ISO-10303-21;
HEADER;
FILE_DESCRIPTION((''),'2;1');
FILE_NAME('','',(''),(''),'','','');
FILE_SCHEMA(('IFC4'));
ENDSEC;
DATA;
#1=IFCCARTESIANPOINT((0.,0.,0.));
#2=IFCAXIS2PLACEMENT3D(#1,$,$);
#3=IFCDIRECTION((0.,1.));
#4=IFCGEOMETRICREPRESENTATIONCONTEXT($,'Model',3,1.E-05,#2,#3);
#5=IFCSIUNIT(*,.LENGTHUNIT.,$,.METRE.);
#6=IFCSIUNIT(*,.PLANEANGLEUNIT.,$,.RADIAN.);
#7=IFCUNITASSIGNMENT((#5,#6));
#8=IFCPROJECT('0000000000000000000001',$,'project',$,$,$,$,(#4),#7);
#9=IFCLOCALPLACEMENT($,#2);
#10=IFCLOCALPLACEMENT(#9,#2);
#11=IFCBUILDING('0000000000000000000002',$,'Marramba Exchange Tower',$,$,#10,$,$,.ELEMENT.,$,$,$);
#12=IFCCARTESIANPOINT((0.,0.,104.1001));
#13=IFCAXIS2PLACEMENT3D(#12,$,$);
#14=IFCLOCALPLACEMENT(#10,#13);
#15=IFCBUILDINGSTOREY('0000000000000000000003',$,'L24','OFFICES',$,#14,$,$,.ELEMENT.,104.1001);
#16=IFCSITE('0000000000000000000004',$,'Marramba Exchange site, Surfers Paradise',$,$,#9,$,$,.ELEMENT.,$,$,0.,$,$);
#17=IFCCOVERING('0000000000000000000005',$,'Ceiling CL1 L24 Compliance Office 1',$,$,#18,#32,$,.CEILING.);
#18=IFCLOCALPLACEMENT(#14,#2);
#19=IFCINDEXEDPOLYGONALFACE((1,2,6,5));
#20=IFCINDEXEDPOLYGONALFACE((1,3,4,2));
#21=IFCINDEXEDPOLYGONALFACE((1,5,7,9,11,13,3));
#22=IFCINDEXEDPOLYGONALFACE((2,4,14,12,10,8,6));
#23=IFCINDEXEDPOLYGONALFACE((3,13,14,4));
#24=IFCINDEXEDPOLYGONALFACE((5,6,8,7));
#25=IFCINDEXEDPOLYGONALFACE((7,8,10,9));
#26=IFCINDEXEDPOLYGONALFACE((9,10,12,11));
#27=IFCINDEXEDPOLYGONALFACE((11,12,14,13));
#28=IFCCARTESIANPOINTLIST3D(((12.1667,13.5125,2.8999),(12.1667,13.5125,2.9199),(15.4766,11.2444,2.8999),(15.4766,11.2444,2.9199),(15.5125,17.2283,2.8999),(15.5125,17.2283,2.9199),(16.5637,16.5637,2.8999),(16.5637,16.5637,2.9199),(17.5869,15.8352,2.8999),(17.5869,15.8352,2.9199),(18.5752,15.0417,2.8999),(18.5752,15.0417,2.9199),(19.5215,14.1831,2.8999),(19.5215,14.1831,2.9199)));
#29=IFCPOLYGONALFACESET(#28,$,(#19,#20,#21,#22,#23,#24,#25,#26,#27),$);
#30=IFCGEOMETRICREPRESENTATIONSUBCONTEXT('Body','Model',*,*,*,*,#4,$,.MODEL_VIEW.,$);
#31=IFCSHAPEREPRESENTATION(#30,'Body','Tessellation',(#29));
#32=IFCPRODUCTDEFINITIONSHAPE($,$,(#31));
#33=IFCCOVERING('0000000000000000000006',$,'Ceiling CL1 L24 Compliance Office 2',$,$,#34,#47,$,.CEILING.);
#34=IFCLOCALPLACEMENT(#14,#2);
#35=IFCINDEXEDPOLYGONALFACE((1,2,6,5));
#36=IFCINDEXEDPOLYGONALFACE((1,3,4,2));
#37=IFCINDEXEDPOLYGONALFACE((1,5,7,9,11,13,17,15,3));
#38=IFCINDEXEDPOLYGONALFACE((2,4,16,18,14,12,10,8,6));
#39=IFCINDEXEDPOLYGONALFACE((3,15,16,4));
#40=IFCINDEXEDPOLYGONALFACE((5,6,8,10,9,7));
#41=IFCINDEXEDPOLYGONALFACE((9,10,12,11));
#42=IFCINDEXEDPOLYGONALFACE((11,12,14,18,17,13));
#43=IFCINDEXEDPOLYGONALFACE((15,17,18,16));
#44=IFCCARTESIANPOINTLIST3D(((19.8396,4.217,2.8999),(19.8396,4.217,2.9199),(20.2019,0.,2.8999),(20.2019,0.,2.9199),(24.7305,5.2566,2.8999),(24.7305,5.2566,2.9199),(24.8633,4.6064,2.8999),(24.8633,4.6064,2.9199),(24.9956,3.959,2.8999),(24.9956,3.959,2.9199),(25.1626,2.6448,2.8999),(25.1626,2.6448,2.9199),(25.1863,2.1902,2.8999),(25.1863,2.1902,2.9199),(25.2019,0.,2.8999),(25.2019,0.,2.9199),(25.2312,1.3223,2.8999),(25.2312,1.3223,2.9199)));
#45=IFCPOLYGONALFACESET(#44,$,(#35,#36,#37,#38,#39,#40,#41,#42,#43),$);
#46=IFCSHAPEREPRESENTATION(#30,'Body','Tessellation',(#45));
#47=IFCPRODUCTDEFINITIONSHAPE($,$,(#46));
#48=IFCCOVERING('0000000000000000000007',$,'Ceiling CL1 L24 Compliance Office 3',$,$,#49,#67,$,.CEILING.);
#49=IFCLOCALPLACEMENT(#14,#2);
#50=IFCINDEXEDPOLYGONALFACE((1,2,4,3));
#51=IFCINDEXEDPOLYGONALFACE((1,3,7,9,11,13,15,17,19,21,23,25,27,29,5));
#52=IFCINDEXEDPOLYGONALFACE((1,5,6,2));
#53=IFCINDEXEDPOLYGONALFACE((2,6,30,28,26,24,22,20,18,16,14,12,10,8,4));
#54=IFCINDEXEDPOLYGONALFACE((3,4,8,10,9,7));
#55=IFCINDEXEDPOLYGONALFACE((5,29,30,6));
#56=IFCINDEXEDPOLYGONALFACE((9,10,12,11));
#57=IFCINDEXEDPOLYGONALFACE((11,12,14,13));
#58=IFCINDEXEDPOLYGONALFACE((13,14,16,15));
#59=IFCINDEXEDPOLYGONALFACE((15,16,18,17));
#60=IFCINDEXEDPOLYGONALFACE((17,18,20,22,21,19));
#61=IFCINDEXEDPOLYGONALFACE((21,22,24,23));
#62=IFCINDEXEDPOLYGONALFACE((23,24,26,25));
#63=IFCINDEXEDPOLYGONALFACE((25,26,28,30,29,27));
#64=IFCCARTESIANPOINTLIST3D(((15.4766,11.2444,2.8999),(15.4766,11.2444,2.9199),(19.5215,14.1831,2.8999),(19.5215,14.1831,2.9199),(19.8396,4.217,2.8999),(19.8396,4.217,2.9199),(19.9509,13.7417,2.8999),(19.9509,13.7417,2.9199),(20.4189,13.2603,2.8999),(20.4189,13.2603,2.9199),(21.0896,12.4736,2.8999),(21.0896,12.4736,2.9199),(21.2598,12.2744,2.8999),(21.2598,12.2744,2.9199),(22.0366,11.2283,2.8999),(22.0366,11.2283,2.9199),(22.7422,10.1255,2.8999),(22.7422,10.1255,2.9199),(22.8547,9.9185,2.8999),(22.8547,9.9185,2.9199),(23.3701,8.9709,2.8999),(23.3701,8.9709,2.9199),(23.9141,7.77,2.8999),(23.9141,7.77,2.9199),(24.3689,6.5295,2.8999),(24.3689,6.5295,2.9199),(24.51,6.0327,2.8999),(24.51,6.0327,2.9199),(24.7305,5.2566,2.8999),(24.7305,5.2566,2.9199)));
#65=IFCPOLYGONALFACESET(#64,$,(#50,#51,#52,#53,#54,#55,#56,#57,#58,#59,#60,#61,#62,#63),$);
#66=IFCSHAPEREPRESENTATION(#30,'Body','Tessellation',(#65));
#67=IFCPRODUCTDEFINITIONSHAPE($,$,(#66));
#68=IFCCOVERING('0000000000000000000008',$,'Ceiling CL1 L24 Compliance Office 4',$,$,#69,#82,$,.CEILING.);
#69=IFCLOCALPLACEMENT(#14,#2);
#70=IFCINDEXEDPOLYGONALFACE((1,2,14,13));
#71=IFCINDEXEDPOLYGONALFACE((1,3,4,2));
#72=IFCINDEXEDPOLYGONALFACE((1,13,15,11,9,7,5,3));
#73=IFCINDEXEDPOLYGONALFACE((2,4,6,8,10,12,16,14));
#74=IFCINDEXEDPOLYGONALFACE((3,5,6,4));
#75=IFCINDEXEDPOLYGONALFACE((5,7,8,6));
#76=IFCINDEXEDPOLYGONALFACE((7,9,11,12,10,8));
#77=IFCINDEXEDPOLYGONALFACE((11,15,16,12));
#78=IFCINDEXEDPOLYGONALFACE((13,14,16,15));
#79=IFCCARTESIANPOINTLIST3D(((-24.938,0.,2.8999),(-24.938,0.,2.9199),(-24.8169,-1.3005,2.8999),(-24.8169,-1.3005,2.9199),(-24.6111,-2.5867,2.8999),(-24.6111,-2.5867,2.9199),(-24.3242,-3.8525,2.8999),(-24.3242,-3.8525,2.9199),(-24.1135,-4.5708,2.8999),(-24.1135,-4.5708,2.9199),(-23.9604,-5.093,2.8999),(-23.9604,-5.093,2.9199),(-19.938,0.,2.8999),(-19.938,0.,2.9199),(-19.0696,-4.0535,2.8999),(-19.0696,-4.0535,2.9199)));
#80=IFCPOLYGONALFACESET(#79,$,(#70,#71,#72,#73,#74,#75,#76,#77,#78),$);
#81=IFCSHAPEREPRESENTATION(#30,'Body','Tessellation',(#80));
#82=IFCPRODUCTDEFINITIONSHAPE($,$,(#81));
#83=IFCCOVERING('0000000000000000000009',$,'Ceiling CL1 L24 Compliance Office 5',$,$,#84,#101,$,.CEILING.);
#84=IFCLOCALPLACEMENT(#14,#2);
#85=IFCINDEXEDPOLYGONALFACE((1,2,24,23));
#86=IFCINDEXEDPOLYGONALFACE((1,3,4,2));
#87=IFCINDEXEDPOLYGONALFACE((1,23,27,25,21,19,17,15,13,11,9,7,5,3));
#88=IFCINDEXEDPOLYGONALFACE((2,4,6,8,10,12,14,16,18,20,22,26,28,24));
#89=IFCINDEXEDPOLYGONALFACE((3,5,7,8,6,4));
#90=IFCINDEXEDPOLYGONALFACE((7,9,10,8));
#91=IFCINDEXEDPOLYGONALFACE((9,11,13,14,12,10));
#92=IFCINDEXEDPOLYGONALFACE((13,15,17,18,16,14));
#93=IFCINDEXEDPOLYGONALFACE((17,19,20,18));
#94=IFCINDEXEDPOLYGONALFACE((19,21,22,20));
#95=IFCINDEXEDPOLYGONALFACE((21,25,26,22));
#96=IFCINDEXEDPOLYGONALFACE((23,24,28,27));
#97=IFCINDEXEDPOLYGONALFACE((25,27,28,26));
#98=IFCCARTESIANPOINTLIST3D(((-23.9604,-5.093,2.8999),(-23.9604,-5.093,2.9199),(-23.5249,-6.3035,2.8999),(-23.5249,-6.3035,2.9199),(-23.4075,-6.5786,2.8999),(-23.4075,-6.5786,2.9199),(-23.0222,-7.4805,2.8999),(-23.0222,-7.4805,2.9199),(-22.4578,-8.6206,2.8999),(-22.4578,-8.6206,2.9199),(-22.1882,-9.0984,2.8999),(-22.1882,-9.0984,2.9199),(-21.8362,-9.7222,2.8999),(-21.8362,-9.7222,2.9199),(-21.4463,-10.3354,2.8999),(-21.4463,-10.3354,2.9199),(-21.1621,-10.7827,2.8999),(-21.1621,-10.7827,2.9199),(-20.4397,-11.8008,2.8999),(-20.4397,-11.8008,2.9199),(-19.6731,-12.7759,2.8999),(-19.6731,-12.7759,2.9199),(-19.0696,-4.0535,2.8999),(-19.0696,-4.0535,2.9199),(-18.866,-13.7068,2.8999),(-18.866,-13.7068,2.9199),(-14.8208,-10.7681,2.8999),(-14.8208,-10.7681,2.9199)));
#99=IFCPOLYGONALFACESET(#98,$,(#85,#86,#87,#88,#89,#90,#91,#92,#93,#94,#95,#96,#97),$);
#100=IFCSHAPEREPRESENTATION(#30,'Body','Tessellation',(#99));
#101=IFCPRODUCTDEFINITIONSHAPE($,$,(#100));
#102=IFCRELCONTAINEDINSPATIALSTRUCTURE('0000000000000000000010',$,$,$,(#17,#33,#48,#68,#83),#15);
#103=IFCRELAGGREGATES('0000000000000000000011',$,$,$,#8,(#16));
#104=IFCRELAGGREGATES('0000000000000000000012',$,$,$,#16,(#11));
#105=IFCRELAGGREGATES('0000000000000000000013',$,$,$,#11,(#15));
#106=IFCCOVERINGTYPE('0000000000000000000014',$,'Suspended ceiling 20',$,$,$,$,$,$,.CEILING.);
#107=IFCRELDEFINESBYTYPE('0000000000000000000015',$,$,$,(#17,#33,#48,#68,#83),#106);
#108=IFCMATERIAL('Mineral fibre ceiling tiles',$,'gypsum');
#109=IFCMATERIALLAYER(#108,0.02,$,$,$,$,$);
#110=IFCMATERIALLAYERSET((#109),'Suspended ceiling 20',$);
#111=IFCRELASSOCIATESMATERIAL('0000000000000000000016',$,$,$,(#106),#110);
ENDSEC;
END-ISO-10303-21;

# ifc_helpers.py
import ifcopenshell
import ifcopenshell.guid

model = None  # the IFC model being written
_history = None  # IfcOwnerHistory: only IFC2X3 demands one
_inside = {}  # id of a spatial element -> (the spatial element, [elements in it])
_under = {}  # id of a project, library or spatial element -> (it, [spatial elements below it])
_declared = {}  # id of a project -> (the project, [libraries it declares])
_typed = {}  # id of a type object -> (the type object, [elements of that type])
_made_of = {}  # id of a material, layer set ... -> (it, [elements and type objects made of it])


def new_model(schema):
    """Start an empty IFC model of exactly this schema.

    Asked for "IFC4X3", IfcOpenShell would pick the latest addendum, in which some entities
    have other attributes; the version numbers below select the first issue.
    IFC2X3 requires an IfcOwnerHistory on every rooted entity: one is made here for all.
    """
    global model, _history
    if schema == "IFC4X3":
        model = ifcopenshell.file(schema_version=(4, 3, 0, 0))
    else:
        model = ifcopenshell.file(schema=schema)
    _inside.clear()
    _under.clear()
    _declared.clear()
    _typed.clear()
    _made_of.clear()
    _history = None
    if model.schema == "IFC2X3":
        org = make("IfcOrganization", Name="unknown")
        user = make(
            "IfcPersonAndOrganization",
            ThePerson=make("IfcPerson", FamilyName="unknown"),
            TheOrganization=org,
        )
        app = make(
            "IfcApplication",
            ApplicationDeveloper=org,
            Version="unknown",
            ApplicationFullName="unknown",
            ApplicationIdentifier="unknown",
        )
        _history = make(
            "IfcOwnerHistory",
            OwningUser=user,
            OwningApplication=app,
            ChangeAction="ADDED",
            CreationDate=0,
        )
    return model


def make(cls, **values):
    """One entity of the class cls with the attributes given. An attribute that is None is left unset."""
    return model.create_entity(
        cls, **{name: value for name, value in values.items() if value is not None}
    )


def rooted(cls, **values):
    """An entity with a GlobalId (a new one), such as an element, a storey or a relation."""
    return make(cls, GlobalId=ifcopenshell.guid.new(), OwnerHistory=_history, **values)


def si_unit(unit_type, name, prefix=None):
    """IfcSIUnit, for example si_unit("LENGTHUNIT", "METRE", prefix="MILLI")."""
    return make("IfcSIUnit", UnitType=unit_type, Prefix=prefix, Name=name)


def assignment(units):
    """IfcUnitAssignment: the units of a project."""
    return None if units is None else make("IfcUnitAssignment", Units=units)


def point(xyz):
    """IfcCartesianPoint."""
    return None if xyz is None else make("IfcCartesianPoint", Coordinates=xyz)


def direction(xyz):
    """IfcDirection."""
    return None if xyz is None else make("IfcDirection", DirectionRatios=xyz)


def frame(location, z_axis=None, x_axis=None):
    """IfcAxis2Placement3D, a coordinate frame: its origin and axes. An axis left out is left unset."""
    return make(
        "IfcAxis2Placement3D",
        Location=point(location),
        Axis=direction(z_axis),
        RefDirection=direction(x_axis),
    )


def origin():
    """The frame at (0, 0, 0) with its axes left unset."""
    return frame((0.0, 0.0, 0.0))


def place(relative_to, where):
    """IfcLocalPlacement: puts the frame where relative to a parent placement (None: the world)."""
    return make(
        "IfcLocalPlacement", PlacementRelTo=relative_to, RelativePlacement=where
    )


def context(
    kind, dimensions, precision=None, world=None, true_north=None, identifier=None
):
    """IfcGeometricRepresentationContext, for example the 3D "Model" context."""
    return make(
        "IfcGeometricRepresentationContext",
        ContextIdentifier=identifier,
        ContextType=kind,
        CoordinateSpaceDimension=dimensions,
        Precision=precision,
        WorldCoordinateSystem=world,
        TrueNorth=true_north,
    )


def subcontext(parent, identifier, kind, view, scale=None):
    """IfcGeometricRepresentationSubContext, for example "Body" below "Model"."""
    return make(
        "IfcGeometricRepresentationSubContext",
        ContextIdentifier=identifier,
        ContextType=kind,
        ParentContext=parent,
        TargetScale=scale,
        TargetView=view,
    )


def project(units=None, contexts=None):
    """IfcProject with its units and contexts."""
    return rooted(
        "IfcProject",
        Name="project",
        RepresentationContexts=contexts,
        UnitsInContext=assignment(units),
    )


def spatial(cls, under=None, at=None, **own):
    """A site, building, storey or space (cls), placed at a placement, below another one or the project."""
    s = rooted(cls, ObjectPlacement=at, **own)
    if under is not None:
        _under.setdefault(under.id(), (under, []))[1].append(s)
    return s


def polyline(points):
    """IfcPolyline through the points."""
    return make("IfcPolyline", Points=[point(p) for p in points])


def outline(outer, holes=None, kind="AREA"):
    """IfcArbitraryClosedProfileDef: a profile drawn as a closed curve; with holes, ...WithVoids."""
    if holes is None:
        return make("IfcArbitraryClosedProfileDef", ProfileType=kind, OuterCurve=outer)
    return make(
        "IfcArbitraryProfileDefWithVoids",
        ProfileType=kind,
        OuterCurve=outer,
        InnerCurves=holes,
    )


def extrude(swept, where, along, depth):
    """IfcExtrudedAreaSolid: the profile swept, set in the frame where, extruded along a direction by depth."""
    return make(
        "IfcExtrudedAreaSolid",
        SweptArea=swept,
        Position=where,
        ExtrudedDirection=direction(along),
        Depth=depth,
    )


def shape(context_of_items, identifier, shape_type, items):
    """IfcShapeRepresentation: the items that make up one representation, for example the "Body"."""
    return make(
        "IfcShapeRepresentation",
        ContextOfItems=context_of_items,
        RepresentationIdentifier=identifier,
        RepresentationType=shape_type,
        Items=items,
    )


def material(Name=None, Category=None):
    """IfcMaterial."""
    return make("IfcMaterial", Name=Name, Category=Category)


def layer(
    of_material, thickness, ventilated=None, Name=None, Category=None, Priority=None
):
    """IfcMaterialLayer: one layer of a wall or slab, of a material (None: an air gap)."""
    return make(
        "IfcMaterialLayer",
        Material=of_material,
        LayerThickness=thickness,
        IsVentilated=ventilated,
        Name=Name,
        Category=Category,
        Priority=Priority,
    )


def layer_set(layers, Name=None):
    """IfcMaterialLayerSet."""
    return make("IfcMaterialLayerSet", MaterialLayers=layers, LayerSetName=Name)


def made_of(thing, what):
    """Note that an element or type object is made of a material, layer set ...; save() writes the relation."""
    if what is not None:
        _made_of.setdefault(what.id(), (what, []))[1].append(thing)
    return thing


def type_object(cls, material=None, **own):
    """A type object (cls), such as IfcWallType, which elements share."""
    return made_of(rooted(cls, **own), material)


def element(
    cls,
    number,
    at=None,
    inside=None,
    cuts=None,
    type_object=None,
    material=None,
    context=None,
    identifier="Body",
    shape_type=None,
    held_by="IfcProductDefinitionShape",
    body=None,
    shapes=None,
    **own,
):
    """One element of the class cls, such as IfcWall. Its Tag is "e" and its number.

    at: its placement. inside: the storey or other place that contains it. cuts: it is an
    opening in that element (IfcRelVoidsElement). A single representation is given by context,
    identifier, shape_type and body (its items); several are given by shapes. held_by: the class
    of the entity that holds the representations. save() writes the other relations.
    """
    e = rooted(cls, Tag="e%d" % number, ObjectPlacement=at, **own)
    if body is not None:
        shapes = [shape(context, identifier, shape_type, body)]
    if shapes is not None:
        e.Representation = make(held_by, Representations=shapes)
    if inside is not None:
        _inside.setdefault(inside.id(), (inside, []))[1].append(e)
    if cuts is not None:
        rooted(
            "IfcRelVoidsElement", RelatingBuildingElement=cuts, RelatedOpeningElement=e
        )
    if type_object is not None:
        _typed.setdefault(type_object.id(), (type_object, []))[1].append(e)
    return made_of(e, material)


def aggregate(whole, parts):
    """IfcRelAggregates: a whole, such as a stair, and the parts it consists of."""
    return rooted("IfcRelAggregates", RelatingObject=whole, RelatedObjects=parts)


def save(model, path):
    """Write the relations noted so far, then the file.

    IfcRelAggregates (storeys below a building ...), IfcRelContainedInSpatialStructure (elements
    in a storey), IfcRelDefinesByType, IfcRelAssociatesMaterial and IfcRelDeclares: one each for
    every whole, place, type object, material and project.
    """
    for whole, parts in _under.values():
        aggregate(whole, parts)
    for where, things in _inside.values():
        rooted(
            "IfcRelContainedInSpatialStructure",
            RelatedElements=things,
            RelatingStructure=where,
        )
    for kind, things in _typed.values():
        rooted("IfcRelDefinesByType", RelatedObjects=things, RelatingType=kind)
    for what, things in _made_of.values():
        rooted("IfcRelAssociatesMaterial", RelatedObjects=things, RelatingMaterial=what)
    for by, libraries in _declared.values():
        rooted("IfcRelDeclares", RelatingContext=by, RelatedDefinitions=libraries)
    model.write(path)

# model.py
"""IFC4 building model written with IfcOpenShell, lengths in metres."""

from ifc_helpers import new_model, si_unit, direction, frame, origin, place, context, subcontext, project, spatial, polyline, outline, extrude, material, layer, layer_set, type_object, element, save


model = new_model("IFC4")

# Units and contexts
model_context = context("Model", 3, precision=1e-05, world=origin(), true_north=direction((0.0, 1.0)))
body_context = subcontext(model_context, "Body", "Model", "MODEL_VIEW")
ifc_project = project(units=[si_unit("LENGTHUNIT", "METRE"), si_unit("PLANEANGLEUNIT", "RADIAN")], contexts=[model_context])

# Site, building, storey
site_placement = place(None, origin())
site = spatial("IfcSite", under=ifc_project, at=site_placement, Name="Marramba Exchange site, Surfers Paradise", CompositionType="ELEMENT", RefElevation=0.0)
building_placement = place(site_placement, origin())
building = spatial("IfcBuilding", under=site, at=building_placement, Name="Marramba Exchange Tower", CompositionType="ELEMENT")
storey_placement = place(building_placement, frame((0.0, 0.0, 104.1001)))
storey = spatial("IfcBuildingStorey", under=building, at=storey_placement, Name="L24", Description="OFFICES", CompositionType="ELEMENT", Elevation=104.1001)

# Coverings
ifc_material_1 = material(Name="Mineral fibre ceiling tiles", Category="gypsum")
ifc_layer_1 = layer(ifc_material_1, 0.02)
ifc_layer_set_1 = layer_set([ifc_layer_1], Name="Suspended ceiling 20")
covering_type = type_object("IfcCoveringType", Name="Suspended ceiling 20", PredefinedType="CEILING", material=ifc_layer_set_1)
covering_1_placement = place(storey_placement, frame((0.0, 0.0, 2.8999)))
element("IfcCovering", 1, at=covering_1_placement, inside=storey, type_object=covering_type, Name="Ceiling CL1 L24 Compliance Office 1", PredefinedType="CEILING", context=body_context, shape_type="SweptSolid", body=[
    extrude(outline(polyline([(16.5637, 16.5637), (17.5869, 15.8352), (18.5752, 15.0417), (19.5215, 14.1831), (15.4766, 11.2444), (12.1667, 13.5125), (15.5125, 17.2283), (16.5637, 16.5637)])), origin(), (0.0, 0.0, 1.0), 0.02),
])
covering_2_placement = place(storey_placement, frame((0.0, 0.0, 2.8999)))
element("IfcCovering", 2, at=covering_2_placement, inside=storey, type_object=covering_type, Name="Ceiling CL1 L24 Compliance Office 2", PredefinedType="CEILING", context=body_context, shape_type="SweptSolid", body=[
    extrude(outline(polyline([(24.8633, 4.6064), (24.9956, 3.959), (25.1626, 2.6448), (25.1863, 2.1902), (25.2312, 1.3223), (25.2019, 0.0), (20.2019, 0.0), (19.8396, 4.217), (24.7305, 5.2566), (24.8633, 4.6064)])), origin(), (0.0, 0.0, 1.0), 0.02),
])
covering_3_placement = place(storey_placement, frame((0.0, 0.0, 2.8999)))
element("IfcCovering", 3, at=covering_3_placement, inside=storey, type_object=covering_type, Name="Ceiling CL1 L24 Compliance Office 3", PredefinedType="CEILING", context=body_context, shape_type="SweptSolid", body=[
    extrude(outline(polyline([(19.9509, 13.7417), (20.4189, 13.2603), (21.0896, 12.4736), (21.2598, 12.2744), (22.0366, 11.2283), (22.7422, 10.1255), (22.8547, 9.9185), (23.3701, 8.9709), (23.9141, 7.77), (24.3689, 6.5295), (24.51, 6.0327), (24.7305, 5.2566), (19.8396, 4.217), (15.4766, 11.2444), (19.5215, 14.1831), (19.9509, 13.7417)])), origin(), (0.0, 0.0, 1.0), 0.02),
])
covering_4_placement = place(storey_placement, frame((0.0, 0.0, 2.8999)))
element("IfcCovering", 4, at=covering_4_placement, inside=storey, type_object=covering_type, Name="Ceiling CL1 L24 Compliance Office 4", PredefinedType="CEILING", context=body_context, shape_type="SweptSolid", body=[
    extrude(outline(polyline([(-24.1135, -4.5708), (-24.3242, -3.8525), (-24.6111, -2.5867), (-24.8169, -1.3005), (-24.938, 0.0), (-19.938, 0.0), (-19.0696, -4.0535), (-23.9604, -5.093), (-24.1135, -4.5708)])), origin(), (0.0, 0.0, 1.0), 0.02),
])
covering_5_placement = place(storey_placement, frame((0.0, 0.0, 2.8999)))
element("IfcCovering", 5, at=covering_5_placement, inside=storey, type_object=covering_type, Name="Ceiling CL1 L24 Compliance Office 5", PredefinedType="CEILING", context=body_context, shape_type="SweptSolid", body=[
    extrude(outline(polyline([(-19.6731, -12.7759), (-20.4397, -11.8008), (-21.1621, -10.7827), (-21.4463, -10.3354), (-21.8362, -9.7222), (-22.1882, -9.0984), (-22.4578, -8.6206), (-23.0222, -7.4805), (-23.4075, -6.5786), (-23.5249, -6.3035), (-23.9604, -5.093), (-19.0696, -4.0535), (-14.8208, -10.7681), (-18.866, -13.7068), (-19.6731, -12.7759)])), origin(), (0.0, 0.0, 1.0), 0.02),
])

save(model, "model.ifc")
